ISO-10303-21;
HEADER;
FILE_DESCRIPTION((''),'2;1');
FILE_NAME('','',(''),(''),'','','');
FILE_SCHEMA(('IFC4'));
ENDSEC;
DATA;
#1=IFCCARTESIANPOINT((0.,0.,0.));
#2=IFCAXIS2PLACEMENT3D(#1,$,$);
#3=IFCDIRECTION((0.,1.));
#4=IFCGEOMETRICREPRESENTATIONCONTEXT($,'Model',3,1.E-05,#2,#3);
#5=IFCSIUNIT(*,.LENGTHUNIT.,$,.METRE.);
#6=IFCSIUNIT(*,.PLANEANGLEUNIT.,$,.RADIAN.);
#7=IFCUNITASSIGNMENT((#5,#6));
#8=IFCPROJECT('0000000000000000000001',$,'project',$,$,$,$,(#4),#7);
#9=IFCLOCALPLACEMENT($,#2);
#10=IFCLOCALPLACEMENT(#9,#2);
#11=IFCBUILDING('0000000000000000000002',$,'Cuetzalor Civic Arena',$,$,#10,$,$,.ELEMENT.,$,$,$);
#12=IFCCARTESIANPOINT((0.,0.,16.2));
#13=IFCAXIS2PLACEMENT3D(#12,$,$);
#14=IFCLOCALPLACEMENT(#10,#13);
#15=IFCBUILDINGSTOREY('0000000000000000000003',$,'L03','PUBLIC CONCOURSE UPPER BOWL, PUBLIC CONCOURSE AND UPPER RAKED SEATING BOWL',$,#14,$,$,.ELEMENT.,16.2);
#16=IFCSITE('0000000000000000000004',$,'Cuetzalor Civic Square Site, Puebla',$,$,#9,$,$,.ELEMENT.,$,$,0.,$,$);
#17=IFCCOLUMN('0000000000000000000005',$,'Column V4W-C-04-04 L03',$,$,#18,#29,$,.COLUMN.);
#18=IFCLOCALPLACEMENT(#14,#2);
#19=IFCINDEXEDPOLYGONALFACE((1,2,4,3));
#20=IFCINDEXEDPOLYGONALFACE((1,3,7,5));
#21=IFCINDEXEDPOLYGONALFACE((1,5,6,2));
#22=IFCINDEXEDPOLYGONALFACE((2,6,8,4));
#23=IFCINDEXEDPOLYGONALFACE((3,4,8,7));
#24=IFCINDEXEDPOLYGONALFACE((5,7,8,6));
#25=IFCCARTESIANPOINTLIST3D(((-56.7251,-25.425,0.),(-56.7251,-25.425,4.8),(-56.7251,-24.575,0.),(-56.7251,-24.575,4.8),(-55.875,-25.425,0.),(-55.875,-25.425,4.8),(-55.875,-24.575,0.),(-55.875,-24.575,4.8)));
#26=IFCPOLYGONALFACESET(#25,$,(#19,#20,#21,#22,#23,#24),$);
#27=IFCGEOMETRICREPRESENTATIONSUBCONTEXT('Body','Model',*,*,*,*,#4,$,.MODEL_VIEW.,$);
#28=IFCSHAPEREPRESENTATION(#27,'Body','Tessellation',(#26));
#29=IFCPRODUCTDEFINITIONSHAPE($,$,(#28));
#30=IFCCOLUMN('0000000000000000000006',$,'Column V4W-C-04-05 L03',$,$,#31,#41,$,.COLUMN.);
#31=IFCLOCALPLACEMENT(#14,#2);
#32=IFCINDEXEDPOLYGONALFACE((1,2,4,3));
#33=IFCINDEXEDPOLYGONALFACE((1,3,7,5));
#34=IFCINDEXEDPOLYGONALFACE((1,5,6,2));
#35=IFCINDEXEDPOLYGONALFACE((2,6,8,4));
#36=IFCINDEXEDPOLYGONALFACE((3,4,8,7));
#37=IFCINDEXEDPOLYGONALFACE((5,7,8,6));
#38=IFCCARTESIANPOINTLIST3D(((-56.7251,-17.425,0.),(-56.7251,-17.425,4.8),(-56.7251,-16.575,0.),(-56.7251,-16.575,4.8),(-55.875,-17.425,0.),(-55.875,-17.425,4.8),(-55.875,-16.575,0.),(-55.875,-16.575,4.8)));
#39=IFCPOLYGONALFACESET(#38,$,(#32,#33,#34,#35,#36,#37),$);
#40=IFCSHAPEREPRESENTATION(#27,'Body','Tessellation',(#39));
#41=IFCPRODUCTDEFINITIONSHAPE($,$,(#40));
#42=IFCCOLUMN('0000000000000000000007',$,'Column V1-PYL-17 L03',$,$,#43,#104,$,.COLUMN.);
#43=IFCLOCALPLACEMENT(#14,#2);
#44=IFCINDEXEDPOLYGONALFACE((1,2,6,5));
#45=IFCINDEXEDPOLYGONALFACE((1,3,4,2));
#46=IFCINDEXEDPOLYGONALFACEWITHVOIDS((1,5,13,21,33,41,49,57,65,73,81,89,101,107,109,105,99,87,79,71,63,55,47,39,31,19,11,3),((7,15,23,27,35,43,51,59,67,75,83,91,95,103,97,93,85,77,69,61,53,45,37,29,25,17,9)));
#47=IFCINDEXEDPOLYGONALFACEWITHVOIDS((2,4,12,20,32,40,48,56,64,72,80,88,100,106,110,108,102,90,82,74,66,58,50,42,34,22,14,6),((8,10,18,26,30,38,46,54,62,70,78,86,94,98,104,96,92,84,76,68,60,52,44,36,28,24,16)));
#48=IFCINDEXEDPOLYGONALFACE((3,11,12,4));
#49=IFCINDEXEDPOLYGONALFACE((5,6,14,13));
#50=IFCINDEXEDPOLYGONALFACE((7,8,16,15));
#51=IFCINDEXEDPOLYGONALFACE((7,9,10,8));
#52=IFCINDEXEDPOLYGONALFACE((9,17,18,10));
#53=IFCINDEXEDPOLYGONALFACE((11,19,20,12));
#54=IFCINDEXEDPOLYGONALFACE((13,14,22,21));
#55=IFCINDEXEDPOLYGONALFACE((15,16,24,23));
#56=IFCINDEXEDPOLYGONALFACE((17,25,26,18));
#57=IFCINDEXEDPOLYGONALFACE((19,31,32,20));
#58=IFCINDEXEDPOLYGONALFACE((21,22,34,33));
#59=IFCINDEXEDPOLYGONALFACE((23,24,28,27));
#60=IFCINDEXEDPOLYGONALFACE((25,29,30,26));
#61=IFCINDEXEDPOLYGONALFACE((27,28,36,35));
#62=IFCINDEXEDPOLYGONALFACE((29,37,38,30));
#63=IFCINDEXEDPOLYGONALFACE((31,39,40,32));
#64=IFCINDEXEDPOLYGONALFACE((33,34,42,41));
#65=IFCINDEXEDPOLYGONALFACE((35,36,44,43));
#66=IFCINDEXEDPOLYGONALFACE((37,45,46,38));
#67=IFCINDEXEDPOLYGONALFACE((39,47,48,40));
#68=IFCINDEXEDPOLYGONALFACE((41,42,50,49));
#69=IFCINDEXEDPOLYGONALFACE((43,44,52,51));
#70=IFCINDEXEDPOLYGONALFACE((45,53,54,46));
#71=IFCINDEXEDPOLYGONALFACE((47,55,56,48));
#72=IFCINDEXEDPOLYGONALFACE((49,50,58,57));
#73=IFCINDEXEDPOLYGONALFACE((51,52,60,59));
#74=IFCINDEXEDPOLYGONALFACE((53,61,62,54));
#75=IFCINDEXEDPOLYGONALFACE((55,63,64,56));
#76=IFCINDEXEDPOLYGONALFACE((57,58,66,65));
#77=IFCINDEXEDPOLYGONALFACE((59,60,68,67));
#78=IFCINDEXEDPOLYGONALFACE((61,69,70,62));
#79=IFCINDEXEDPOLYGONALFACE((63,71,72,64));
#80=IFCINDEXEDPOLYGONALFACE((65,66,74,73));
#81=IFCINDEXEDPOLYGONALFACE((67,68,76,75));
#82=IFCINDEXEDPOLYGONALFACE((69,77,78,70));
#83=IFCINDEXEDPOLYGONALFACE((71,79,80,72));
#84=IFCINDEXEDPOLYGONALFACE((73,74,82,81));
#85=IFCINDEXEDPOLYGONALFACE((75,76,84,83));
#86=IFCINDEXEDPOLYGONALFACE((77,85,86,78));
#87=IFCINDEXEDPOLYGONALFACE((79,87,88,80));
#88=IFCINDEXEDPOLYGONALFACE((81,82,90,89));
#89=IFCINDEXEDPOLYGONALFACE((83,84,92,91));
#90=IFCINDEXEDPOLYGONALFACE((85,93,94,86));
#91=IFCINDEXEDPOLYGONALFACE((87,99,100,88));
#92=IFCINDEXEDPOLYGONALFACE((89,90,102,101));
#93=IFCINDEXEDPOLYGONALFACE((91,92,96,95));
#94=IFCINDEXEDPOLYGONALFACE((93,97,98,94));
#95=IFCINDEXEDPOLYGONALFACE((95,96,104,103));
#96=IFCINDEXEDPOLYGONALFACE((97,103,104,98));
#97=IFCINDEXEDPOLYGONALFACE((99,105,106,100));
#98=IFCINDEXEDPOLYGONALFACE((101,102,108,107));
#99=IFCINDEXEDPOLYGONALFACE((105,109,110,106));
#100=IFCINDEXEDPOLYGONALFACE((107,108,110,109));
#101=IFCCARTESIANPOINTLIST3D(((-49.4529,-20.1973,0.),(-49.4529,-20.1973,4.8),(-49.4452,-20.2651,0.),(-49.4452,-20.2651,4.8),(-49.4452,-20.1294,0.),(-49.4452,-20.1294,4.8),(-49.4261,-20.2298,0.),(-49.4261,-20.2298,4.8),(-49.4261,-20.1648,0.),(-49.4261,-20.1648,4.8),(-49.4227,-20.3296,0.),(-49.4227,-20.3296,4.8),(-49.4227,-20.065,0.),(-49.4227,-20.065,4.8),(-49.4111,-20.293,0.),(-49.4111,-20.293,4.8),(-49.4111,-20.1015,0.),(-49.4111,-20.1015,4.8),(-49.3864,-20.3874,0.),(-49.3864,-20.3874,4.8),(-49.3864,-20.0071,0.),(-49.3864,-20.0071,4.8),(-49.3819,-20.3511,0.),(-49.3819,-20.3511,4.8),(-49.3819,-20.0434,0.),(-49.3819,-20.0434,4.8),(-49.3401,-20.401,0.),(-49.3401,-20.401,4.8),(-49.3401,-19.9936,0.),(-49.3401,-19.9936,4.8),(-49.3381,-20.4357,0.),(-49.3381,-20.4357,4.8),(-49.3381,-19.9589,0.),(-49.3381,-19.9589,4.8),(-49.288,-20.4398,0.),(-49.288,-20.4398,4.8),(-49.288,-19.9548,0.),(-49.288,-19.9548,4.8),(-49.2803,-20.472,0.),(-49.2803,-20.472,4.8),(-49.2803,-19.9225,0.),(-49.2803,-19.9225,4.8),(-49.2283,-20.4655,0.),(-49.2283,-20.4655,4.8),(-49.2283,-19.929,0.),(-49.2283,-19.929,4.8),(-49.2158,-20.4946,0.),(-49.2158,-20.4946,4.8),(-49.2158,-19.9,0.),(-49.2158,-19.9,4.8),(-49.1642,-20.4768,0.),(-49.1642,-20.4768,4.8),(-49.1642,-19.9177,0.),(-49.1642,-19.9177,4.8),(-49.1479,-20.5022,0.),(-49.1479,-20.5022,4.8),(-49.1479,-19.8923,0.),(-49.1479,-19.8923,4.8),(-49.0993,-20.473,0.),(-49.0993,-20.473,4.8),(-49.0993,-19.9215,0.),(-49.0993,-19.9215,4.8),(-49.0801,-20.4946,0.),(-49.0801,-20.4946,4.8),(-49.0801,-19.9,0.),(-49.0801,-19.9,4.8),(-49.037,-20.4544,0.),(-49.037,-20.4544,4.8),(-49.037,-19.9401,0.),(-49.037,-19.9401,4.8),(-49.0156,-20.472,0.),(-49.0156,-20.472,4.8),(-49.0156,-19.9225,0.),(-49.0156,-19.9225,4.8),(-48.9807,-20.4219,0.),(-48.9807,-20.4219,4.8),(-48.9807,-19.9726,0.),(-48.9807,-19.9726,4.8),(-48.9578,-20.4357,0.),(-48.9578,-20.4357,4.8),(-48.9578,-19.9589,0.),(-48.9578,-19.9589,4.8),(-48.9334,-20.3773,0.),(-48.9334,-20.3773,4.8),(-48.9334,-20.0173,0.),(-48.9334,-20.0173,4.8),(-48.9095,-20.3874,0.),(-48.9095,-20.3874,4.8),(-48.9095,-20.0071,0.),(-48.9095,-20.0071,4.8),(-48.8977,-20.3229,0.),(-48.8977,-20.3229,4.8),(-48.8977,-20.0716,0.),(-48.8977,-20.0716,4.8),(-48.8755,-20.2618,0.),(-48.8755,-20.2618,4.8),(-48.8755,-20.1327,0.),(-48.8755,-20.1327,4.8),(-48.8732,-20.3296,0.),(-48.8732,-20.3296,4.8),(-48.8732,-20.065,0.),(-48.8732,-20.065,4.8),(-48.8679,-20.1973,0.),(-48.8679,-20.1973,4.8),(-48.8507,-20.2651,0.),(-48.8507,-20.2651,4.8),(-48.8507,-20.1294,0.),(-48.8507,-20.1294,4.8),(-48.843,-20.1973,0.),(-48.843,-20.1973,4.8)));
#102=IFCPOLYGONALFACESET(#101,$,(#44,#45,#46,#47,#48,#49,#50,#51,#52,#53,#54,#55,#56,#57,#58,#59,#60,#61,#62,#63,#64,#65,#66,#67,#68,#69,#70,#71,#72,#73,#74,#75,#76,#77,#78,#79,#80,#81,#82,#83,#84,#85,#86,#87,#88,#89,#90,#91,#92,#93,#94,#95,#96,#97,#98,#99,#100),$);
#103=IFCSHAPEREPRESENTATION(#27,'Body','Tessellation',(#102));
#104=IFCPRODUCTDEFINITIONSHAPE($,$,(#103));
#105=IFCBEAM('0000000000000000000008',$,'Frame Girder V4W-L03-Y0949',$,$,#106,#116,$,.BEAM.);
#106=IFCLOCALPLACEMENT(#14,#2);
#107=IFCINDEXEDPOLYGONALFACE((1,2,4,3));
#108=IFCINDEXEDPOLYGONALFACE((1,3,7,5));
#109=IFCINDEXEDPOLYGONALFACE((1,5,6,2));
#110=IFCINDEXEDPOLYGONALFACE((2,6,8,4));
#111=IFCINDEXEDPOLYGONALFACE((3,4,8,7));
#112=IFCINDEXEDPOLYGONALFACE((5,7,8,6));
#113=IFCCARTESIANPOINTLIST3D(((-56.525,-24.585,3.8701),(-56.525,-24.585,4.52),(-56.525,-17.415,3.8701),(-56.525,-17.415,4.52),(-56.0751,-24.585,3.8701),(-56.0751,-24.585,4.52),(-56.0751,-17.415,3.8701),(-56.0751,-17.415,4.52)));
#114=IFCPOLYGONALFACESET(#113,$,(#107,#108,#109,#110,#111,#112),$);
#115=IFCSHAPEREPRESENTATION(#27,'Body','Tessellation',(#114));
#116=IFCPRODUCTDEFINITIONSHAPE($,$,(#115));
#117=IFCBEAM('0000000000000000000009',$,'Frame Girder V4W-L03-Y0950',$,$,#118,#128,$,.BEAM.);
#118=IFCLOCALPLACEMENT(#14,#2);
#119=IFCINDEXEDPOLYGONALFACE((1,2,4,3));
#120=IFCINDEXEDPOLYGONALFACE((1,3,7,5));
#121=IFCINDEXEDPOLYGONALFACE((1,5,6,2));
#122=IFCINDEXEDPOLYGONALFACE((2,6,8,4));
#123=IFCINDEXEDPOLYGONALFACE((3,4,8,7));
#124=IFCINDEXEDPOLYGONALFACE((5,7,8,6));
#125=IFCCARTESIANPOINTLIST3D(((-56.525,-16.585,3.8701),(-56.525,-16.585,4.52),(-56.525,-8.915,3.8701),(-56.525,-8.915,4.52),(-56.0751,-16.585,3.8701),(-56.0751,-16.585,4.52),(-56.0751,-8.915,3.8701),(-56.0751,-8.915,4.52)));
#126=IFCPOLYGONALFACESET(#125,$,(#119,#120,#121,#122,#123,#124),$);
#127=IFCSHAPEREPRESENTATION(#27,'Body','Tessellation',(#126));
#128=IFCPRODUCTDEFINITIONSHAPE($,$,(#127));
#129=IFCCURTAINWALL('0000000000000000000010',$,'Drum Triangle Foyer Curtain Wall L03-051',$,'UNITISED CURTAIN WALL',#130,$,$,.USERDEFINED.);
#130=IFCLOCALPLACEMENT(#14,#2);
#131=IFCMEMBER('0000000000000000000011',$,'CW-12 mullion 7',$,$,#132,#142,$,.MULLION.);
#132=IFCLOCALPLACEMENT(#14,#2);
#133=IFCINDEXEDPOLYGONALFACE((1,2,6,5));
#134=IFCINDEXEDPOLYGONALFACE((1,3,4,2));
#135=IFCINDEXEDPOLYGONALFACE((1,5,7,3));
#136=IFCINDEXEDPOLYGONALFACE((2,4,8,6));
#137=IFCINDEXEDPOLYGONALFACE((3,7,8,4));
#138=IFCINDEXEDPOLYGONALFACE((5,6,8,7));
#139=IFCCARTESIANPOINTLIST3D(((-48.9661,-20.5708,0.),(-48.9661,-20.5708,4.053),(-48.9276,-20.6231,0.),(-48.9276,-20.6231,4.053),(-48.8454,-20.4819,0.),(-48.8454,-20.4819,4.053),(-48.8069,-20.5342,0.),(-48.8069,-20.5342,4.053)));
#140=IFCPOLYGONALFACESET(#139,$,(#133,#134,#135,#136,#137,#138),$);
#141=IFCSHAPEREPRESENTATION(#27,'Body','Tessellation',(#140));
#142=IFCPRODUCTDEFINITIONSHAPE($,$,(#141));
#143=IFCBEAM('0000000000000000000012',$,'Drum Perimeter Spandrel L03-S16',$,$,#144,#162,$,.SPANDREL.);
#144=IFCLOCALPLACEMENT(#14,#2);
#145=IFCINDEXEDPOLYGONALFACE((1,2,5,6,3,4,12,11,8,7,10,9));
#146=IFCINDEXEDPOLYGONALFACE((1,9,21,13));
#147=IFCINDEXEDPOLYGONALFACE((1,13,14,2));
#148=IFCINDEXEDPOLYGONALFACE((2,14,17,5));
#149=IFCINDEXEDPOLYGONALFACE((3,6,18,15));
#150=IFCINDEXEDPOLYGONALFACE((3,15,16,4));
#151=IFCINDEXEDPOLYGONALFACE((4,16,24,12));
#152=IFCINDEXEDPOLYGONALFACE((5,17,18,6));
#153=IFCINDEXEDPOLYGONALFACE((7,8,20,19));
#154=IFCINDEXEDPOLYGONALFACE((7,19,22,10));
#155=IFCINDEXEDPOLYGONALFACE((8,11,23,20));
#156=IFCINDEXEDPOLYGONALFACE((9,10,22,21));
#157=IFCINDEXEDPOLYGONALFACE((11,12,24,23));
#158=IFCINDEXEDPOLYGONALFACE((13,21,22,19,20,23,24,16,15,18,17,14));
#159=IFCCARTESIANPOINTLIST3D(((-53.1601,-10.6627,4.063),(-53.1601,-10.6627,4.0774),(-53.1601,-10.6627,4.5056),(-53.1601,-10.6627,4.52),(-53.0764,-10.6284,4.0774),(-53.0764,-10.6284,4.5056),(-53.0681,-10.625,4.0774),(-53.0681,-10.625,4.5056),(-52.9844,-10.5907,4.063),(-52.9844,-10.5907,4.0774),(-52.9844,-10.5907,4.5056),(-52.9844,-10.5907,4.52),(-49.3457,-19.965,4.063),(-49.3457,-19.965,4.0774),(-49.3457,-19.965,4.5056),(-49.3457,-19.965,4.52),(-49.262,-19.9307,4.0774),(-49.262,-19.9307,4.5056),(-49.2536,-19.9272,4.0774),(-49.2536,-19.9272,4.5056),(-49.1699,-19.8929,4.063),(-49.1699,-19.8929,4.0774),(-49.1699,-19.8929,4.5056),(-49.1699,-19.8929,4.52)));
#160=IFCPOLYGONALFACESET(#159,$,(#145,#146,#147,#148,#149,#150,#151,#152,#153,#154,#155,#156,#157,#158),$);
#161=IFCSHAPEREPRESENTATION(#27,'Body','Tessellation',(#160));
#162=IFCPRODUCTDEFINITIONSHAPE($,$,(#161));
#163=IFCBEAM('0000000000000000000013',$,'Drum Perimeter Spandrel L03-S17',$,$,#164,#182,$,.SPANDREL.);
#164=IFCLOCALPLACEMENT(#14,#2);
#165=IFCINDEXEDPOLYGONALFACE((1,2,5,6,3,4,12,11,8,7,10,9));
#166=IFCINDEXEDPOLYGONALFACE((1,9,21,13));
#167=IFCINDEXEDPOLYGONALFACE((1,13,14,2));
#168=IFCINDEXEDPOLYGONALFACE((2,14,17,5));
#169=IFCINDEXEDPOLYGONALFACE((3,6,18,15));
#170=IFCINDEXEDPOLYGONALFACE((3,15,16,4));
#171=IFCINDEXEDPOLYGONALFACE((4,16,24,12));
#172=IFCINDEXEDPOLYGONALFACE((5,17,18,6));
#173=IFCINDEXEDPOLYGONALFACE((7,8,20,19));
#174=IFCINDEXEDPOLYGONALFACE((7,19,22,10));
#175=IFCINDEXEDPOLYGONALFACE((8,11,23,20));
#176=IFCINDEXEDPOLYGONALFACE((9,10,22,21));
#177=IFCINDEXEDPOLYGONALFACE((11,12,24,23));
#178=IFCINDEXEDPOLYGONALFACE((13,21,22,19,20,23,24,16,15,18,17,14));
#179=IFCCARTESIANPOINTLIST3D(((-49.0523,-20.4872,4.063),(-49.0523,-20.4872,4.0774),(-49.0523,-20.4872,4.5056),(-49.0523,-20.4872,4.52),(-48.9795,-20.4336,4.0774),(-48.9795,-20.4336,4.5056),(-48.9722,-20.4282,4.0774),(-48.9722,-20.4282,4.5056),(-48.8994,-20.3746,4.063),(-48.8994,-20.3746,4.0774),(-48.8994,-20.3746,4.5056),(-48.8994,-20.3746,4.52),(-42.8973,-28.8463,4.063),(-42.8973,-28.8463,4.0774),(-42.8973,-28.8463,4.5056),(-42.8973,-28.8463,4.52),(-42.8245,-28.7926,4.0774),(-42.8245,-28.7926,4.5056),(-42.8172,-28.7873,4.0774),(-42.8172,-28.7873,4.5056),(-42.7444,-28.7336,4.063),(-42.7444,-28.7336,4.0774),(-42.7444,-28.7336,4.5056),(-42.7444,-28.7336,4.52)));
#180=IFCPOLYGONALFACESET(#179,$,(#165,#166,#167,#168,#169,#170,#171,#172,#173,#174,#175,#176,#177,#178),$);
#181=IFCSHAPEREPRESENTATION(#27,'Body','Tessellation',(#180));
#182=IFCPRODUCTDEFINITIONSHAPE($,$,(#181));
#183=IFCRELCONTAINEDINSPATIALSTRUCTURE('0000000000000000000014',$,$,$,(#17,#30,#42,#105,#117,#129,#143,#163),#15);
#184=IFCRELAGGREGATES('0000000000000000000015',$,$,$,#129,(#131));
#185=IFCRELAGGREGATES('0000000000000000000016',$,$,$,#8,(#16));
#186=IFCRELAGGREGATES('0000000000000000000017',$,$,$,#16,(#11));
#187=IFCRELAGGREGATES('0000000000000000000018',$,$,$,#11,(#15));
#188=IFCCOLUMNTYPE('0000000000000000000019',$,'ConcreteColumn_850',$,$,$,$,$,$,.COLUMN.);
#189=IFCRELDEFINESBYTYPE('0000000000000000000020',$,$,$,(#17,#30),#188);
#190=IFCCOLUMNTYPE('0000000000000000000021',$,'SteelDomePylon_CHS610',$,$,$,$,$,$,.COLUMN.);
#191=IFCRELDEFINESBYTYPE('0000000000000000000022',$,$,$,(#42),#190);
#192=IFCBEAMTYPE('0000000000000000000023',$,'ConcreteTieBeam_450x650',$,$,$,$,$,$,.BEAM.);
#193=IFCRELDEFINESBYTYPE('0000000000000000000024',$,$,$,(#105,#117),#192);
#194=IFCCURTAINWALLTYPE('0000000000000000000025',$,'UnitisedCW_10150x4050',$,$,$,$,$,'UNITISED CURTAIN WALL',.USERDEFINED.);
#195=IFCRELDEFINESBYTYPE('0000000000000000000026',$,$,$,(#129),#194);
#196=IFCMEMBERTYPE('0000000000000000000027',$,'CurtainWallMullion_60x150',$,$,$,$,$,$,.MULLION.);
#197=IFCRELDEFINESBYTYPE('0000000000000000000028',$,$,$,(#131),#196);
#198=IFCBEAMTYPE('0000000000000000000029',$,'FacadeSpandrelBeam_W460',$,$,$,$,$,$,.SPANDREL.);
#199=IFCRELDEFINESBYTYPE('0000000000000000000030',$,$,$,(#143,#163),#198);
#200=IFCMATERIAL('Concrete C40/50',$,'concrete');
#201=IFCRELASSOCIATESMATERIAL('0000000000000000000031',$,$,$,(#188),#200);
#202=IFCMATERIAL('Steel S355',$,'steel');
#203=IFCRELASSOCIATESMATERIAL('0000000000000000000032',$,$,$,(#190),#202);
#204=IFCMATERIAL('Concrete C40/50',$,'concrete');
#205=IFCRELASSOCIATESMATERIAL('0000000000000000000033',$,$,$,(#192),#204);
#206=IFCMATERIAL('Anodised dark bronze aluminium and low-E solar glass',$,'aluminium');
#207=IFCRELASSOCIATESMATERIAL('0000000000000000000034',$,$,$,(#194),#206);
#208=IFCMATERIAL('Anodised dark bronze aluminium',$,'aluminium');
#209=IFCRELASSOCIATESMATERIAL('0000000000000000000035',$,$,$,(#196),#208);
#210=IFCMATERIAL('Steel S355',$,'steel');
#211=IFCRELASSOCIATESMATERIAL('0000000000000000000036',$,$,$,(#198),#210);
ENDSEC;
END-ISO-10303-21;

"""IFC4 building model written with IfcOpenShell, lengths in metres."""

from ifc_helpers import new_model, si_unit, direction, frame, origin, origin_2d, place, context, subcontext, project, spatial, rectangle, hollow_circle, i_section, extrude, material, material_profile, profile_set, type_object, element, aggregate, save


model = new_model("IFC4")

# Units and contexts
model_context = context("Model", 3, precision=1e-05, world=origin(), true_north=direction((0.0, 1.0)))
body_context = subcontext(model_context, "Body", "Model", "MODEL_VIEW")
ifc_project = project(units=[si_unit("LENGTHUNIT", "METRE"), si_unit("PLANEANGLEUNIT", "RADIAN")], contexts=[model_context])

# Site, building, storey
site_placement = place(None, origin())
site = spatial("IfcSite", under=ifc_project, at=site_placement, Name="Cuetzalor Civic Square Site, Puebla", CompositionType="ELEMENT", RefElevation=0.0)
building_placement = place(site_placement, origin())
building = spatial("IfcBuilding", under=site, at=building_placement, Name="Cuetzalor Civic Arena", CompositionType="ELEMENT")
storey_placement = place(building_placement, frame((0.0, 0.0, 16.2)))
storey = spatial("IfcBuildingStorey", under=building, at=storey_placement, Name="L03", Description="PUBLIC CONCOURSE UPPER BOWL, PUBLIC CONCOURSE AND UPPER RAKED SEATING BOWL", CompositionType="ELEMENT", Elevation=16.2)

# Columns
ifc_material_1 = material(Name="Concrete C40/50", Category="concrete")
ifc_material_profile_1 = material_profile(ifc_material_1, rectangle(XDim=0.8501, YDim=0.8501, at=origin_2d()), Name="RC 850x850")
ifc_profile_set_1 = profile_set([ifc_material_profile_1], Name="Concrete C40/50")
column_type_1 = type_object("IfcColumnType", Name="ConcreteColumn_850", PredefinedType="COLUMN", material=ifc_profile_set_1)
for number, where, z_axis, x_axis, name in (
    (1, (-56.3, -25.0, 0.0), (0.0, 0.0, 1.0), (1.0, 0.0, 0.0), "Column V4W-C-04-04 L03"),
    (2, (-56.3, -17.0, 0.0), (0.0, 0.0, 1.0), (1.0, 0.0, 0.0), "Column V4W-C-04-05 L03"),
):
    element("IfcColumn", number, at=place(storey_placement, frame(where, z_axis=z_axis, x_axis=x_axis)), inside=storey, type_object=column_type_1, Name=name, PredefinedType="COLUMN", context=body_context, shape_type="SweptSolid", body=[
        extrude(rectangle(XDim=0.8501, YDim=0.8501, at=origin_2d()), origin(), (0.0, 0.0, 1.0), 4.8),
    ])
ifc_material_2 = material(Name="Steel S355", Category="steel")
ifc_material_profile_2 = material_profile(ifc_material_2, hollow_circle(Radius=0.3049, WallThickness=0.0249, at=origin_2d()), Name="CHS 610x25")
ifc_profile_set_2 = profile_set([ifc_material_profile_2], Name="Steel S355")
column_type_2 = type_object("IfcColumnType", Name="SteelDomePylon_CHS610", PredefinedType="COLUMN", material=ifc_profile_set_2)
column_placement = place(storey_placement, frame((-49.1479, -20.1973, 0.0), z_axis=(0.0, 0.0, 1.0), x_axis=(1.0, 0.0, 0.0)))
element("IfcColumn", 3, at=column_placement, inside=storey, type_object=column_type_2, Name="Column V1-PYL-17 L03", PredefinedType="COLUMN", context=body_context, shape_type="SweptSolid", body=[
    extrude(hollow_circle(Radius=0.3049, WallThickness=0.0249, at=origin_2d()), origin(), (0.0, 0.0, 1.0), 4.8),
])

# Beams
ifc_material_3 = material(Name="Concrete C40/50", Category="concrete")
ifc_material_profile_3 = material_profile(ifc_material_3, rectangle(XDim=0.45, YDim=0.6499, at=origin_2d()), Name="RC 450x650")
ifc_profile_set_3 = profile_set([ifc_material_profile_3], Name="Concrete C40/50")
beam_type_1 = type_object("IfcBeamType", Name="ConcreteTieBeam_450x650", PredefinedType="BEAM", material=ifc_profile_set_3)
beam_1_placement = place(storey_placement, frame((-56.3, -24.585, 4.1951), z_axis=(0.0, 1.0, 0.0), x_axis=(-1.0, 0.0, 0.0)))
element("IfcBeam", 4, at=beam_1_placement, inside=storey, type_object=beam_type_1, Name="Frame Girder V4W-L03-Y0949", PredefinedType="BEAM", context=body_context, shape_type="SweptSolid", body=[
    extrude(rectangle(XDim=0.45, YDim=0.6499, at=origin_2d()), origin(), (0.0, 0.0, 1.0), 7.1699),
])
beam_2_placement = place(storey_placement, frame((-56.3, -16.585, 4.1951), z_axis=(0.0, 1.0, 0.0), x_axis=(-1.0, 0.0, 0.0)))
element("IfcBeam", 5, at=beam_2_placement, inside=storey, type_object=beam_type_1, Name="Frame Girder V4W-L03-Y0950", PredefinedType="BEAM", context=body_context, shape_type="SweptSolid", body=[
    extrude(rectangle(XDim=0.45, YDim=0.6499, at=origin_2d()), origin(), (0.0, 0.0, 1.0), 7.6699),
])

# Curtain wall, member
ifc_material_4 = material(Name="Anodised dark bronze aluminium and low-E solar glass", Category="aluminium")
curtain_wall_type = type_object("IfcCurtainWallType", Name="UnitisedCW_10150x4050", ElementType="UNITISED CURTAIN WALL", PredefinedType="USERDEFINED", material=ifc_material_4)
curtain_wall_placement = place(storey_placement, origin())
curtain_wall = element("IfcCurtainWall", 6, at=curtain_wall_placement, inside=storey, type_object=curtain_wall_type, Name="Drum Triangle Foyer Curtain Wall L03-051", ObjectType="UNITISED CURTAIN WALL", PredefinedType="USERDEFINED")
ifc_material_5 = material(Name="Anodised dark bronze aluminium", Category="aluminium")
ifc_material_profile_4 = material_profile(ifc_material_5, rectangle(XDim=0.0649, YDim=0.1499, at=origin_2d()), Name="ALU MULLION 65x150")
ifc_profile_set_4 = profile_set([ifc_material_profile_4], Name="Anodised dark bronze aluminium")
member_type = type_object("IfcMemberType", Name="CurtainWallMullion_60x150", PredefinedType="MULLION", material=ifc_profile_set_4)
member_placement = place(storey_placement, frame((-48.8865, -20.5525, 0.0), z_axis=(0.0, 0.0, 1.0), x_axis=(-0.592929, 0.805255, 0.0)))
member = element("IfcMember", 7, at=member_placement, type_object=member_type, Name="CW-12 mullion 7", PredefinedType="MULLION", context=body_context, shape_type="SweptSolid", body=[
    extrude(rectangle(XDim=0.0649, YDim=0.1499, at=origin_2d()), origin(), (0.0, 0.0, 1.0), 4.053),
])

# Beams
ifc_material_6 = material(Name="Steel S355", Category="steel")
ifc_material_profile_5 = material_profile(ifc_material_6, i_section(OverallWidth=0.1899, OverallDepth=0.457, WebThickness=0.009, FlangeThickness=0.0144, at=origin_2d()), Name="W460x74")
ifc_profile_set_5 = profile_set([ifc_material_profile_5], Name="Steel S355")
beam_type_2 = type_object("IfcBeamType", Name="FacadeSpandrelBeam_W460", PredefinedType="SPANDREL", material=ifc_profile_set_5)
beam_3_placement = place(storey_placement, frame((-53.0723, -10.6267, 4.2915), z_axis=(0.379399, -0.925233, 0.0), x_axis=(0.925233, 0.379399, 0.0)))
element("IfcBeam", 8, at=beam_3_placement, inside=storey, type_object=beam_type_2, Name="Drum Perimeter Spandrel L03-S16", PredefinedType="SPANDREL", context=body_context, shape_type="SweptSolid", body=[
    extrude(i_section(OverallWidth=0.1899, OverallDepth=0.457, WebThickness=0.009, FlangeThickness=0.0144, at=origin_2d()), origin(), (0.0, 0.0, 1.0), 10.054),
])
beam_4_placement = place(storey_placement, frame((-48.9758, -20.4309, 4.2915), z_axis=(0.592929, -0.805255, 0.0), x_axis=(0.805255, 0.592929, 0.0)))
element("IfcBeam", 9, at=beam_4_placement, inside=storey, type_object=beam_type_2, Name="Drum Perimeter Spandrel L03-S17", PredefinedType="SPANDREL", context=body_context, shape_type="SweptSolid", body=[
    extrude(i_section(OverallWidth=0.1899, OverallDepth=0.457, WebThickness=0.009, FlangeThickness=0.0144, at=origin_2d()), origin(), (0.0, 0.0, 1.0), 10.3806),
])

aggregate(curtain_wall, [member])

save(model, "model.ifc")
